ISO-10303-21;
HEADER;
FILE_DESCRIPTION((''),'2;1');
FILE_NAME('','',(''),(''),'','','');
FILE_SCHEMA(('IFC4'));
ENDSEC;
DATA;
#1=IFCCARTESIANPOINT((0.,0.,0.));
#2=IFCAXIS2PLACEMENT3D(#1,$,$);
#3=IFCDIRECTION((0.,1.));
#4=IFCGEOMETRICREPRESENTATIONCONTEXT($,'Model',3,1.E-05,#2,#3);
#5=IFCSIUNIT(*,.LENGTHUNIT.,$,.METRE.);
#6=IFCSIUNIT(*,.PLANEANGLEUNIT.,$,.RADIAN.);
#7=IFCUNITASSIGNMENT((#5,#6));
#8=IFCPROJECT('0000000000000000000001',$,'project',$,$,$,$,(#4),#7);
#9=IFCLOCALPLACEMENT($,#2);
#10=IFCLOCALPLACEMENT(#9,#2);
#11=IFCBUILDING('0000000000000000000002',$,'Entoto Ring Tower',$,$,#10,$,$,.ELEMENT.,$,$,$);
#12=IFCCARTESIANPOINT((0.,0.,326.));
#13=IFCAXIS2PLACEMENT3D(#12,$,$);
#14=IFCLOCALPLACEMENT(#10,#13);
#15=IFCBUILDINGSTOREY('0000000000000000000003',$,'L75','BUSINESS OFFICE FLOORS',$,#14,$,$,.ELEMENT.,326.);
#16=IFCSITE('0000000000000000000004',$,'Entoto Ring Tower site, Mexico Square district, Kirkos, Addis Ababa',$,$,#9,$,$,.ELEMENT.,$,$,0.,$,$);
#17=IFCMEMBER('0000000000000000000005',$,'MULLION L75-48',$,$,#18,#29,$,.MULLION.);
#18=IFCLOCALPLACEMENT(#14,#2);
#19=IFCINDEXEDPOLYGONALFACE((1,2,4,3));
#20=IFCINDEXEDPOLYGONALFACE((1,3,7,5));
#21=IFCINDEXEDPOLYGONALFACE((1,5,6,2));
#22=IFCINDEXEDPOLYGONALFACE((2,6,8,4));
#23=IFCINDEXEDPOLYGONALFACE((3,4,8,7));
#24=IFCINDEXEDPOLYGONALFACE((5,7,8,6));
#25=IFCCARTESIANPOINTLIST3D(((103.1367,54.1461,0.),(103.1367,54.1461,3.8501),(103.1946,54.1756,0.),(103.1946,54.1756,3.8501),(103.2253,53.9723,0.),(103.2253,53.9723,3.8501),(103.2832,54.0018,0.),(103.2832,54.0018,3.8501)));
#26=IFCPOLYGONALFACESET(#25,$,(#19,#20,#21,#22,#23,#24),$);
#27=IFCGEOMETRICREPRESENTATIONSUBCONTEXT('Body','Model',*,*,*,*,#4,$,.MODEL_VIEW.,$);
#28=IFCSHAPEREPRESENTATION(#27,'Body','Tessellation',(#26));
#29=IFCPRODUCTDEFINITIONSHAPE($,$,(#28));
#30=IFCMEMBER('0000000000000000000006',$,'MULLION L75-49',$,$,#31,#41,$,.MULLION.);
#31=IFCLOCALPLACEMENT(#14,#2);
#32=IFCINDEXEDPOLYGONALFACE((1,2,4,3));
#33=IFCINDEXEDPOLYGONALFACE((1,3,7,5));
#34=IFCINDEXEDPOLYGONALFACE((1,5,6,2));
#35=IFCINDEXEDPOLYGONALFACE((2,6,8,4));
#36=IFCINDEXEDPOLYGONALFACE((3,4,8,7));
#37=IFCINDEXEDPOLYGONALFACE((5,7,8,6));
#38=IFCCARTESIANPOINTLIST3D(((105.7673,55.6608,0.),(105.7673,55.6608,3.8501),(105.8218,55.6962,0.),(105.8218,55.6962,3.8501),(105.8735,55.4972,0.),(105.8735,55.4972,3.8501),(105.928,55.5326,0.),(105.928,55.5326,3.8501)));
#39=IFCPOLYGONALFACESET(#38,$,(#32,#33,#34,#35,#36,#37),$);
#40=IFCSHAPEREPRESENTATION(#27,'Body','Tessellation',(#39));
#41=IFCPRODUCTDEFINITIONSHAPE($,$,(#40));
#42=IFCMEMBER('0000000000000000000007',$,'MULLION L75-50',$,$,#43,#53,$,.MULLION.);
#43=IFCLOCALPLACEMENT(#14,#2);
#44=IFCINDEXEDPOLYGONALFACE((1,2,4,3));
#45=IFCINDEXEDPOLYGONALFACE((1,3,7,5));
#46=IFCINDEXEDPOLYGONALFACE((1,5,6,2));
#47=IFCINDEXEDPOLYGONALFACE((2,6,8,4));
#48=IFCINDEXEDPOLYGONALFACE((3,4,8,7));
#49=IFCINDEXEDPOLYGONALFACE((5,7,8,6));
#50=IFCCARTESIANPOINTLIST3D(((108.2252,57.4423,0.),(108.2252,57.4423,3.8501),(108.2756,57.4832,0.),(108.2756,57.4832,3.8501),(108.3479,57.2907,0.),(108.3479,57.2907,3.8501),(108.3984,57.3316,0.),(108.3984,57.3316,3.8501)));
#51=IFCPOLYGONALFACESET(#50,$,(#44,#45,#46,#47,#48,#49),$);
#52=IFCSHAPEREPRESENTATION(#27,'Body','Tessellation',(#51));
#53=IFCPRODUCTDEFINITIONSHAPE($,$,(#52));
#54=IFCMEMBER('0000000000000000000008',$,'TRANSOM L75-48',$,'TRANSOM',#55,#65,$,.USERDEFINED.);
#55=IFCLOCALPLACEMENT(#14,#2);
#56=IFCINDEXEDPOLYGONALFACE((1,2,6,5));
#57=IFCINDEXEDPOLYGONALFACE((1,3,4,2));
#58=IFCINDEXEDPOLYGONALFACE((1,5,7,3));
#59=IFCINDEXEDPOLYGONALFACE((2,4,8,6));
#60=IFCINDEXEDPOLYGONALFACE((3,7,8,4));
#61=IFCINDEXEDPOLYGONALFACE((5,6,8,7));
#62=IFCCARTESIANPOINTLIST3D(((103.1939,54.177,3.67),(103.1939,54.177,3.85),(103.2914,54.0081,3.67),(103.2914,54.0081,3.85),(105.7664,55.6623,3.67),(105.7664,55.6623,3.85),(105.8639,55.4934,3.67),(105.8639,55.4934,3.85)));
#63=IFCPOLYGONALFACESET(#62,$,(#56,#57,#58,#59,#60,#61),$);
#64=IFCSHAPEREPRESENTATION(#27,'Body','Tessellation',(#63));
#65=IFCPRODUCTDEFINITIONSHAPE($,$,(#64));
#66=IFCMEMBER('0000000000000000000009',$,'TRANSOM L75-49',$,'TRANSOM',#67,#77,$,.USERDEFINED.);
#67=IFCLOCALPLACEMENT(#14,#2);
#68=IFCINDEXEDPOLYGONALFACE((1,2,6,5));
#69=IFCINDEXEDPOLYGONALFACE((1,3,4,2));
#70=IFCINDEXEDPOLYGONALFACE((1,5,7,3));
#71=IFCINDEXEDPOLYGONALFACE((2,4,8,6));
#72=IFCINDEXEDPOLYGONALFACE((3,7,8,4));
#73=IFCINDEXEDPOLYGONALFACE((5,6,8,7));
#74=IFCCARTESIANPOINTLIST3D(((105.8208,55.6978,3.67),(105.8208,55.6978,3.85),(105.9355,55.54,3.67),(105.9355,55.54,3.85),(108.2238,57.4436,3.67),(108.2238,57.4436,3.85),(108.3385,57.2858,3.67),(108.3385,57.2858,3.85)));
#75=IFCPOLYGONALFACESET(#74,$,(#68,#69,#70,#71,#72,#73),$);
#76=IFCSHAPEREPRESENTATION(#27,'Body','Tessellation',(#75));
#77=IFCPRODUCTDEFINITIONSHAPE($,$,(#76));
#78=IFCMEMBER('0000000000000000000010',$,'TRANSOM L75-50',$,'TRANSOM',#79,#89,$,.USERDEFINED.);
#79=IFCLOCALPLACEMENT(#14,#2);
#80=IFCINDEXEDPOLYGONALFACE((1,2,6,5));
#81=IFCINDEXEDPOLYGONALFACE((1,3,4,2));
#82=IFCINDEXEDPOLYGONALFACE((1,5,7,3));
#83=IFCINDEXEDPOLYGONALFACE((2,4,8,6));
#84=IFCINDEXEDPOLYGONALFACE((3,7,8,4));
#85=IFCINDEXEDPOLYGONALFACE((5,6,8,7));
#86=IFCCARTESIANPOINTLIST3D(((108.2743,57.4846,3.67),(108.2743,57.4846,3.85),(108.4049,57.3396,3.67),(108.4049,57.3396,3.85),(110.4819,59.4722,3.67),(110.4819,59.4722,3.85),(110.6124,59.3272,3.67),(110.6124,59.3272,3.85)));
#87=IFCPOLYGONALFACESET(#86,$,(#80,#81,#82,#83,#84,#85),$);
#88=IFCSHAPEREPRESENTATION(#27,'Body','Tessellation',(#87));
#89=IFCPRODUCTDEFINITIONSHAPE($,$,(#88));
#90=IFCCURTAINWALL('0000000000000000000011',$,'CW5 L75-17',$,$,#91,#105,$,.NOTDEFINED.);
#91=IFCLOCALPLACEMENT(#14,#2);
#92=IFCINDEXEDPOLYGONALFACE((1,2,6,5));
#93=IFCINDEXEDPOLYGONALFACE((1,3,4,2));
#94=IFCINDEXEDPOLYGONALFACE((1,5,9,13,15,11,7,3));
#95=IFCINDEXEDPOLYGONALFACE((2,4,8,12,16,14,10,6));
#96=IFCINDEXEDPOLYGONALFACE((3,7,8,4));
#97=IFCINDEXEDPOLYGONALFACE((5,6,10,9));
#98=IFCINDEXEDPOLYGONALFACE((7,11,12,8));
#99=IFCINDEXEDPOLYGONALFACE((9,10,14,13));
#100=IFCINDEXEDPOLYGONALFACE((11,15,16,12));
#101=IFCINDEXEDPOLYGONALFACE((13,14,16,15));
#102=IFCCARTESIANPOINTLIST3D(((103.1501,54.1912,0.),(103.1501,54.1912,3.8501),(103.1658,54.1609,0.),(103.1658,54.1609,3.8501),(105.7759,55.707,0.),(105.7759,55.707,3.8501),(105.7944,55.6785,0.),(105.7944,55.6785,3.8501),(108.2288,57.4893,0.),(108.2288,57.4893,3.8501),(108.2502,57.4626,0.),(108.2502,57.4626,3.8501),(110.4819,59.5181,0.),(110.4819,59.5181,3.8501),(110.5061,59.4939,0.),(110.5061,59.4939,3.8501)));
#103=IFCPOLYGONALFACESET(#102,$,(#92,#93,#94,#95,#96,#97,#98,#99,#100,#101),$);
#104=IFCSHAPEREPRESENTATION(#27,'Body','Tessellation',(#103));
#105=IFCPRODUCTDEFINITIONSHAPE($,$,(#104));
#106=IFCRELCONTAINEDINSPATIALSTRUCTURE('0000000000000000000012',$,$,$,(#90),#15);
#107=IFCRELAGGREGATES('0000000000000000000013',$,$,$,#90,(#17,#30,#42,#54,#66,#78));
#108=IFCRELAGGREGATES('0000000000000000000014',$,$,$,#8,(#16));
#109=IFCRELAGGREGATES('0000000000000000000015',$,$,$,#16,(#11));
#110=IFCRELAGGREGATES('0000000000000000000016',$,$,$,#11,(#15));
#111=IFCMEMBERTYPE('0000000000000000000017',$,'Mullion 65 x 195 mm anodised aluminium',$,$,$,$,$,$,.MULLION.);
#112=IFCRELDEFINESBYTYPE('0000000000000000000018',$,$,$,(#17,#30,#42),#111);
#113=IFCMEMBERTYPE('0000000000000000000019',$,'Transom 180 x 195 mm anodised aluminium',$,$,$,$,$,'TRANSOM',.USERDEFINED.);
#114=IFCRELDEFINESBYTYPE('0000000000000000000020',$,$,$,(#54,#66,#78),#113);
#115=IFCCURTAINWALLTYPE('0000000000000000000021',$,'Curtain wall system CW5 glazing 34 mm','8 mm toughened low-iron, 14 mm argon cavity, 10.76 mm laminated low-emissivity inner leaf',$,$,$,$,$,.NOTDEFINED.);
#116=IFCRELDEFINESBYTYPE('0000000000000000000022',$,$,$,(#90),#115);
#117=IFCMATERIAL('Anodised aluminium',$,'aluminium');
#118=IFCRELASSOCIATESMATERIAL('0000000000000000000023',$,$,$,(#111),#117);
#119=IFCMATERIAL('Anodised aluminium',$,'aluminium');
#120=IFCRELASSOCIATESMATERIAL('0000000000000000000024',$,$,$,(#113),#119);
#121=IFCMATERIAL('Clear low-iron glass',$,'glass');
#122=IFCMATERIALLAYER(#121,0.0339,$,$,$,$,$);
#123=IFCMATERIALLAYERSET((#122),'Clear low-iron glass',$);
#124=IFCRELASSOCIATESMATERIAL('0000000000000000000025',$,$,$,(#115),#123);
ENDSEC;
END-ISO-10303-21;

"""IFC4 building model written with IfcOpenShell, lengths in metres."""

from ifc_helpers import new_model, si_unit, direction, frame, origin, origin_2d, place, context, subcontext, project, spatial, polyline, rectangle, outline, extrude, material, layer, layer_set, material_profile, profile_set, type_object, element, aggregate, save


model = new_model("IFC4")

# Units and contexts
model_context = context("Model", 3, precision=1e-05, world=origin(), true_north=direction((0.0, 1.0)))
body_context = subcontext(model_context, "Body", "Model", "MODEL_VIEW")
ifc_project = project(units=[si_unit("LENGTHUNIT", "METRE"), si_unit("PLANEANGLEUNIT", "RADIAN")], contexts=[model_context])

# Members
ifc_material_1 = material(Name="Anodised aluminium", Category="aluminium")
ifc_material_profile_1 = material_profile(ifc_material_1, rectangle(XDim=0.0649, YDim=0.1951, at=origin_2d()), Name="Mullion 65 x 195 mm anodised aluminium")
ifc_profile_set_1 = profile_set([ifc_material_profile_1], Name="Anodised aluminium")
member_type_1 = type_object("IfcMemberType", Name="Mullion 65 x 195 mm anodised aluminium", PredefinedType="MULLION", material=ifc_profile_set_1)
site_placement = place(None, origin())
building_placement = place(site_placement, origin())
storey_placement = place(building_placement, frame((0.0, 0.0, 326.0)))
member_1_placement = place(storey_placement, frame((103.21, 54.074, 0.0), z_axis=(0.0, 0.0, 1.0), x_axis=(0.891007, 0.45399, 0.0)))
member_1 = element("IfcMember", 1, at=member_1_placement, type_object=member_type_1, Name="MULLION L75-48", PredefinedType="MULLION", context=body_context, shape_type="SweptSolid", body=[
    extrude(rectangle(XDim=0.0649, YDim=0.1951, at=origin_2d()), origin(), (0.0, 0.0, 1.0), 3.8501),
])
member_2_placement = place(storey_placement, frame((105.8477, 55.5967, 0.0), z_axis=(0.0, 0.0, 1.0), x_axis=(0.838671, 0.544639, 0.0)))
member_2 = element("IfcMember", 2, at=member_2_placement, type_object=member_type_1, Name="MULLION L75-49", PredefinedType="MULLION", context=body_context, shape_type="SweptSolid", body=[
    extrude(rectangle(XDim=0.0649, YDim=0.1951, at=origin_2d()), origin(), (0.0, 0.0, 1.0), 3.8501),
])
member_3_placement = place(storey_placement, frame((108.3118, 57.387, 0.0), z_axis=(0.0, 0.0, 1.0), x_axis=(0.777146, 0.62932, 0.0)))
member_3 = element("IfcMember", 3, at=member_3_placement, type_object=member_type_1, Name="MULLION L75-50", PredefinedType="MULLION", context=body_context, shape_type="SweptSolid", body=[
    extrude(rectangle(XDim=0.0649, YDim=0.1951, at=origin_2d()), origin(), (0.0, 0.0, 1.0), 3.8501),
])
ifc_material_2 = material(Name="Anodised aluminium", Category="aluminium")
ifc_material_profile_2 = material_profile(ifc_material_2, rectangle(XDim=0.1951, YDim=0.1799, at=origin_2d()), Name="Transom 180 x 195 mm anodised aluminium")
ifc_profile_set_2 = profile_set([ifc_material_profile_2], Name="Anodised aluminium")
member_type_2 = type_object("IfcMemberType", Name="Transom 180 x 195 mm anodised aluminium", ElementType="TRANSOM", PredefinedType="USERDEFINED", material=ifc_profile_set_2)
member_4_placement = place(storey_placement, frame((103.2427, 54.0925, 3.76), z_axis=(0.866009, 0.500028, 0.0), x_axis=(-0.500028, 0.866009, 0.0)))
member_4 = element("IfcMember", 4, at=member_4_placement, type_object=member_type_2, Name="TRANSOM L75-48", ObjectType="TRANSOM", PredefinedType="USERDEFINED", context=body_context, shape_type="SweptSolid", body=[
    extrude(rectangle(XDim=0.1951, YDim=0.1799, at=origin_2d()), origin(), (0.0, 0.0, 1.0), 2.9705),
])
member_5_placement = place(storey_placement, frame((105.8782, 55.6189, 3.76), z_axis=(0.809031, 0.587766, 0.0), x_axis=(-0.587766, 0.809031, 0.0)))
member_5 = element("IfcMember", 5, at=member_5_placement, type_object=member_type_2, Name="TRANSOM L75-49", ObjectType="TRANSOM", PredefinedType="USERDEFINED", context=body_context, shape_type="SweptSolid", body=[
    extrude(rectangle(XDim=0.1951, YDim=0.1799, at=origin_2d()), origin(), (0.0, 0.0, 1.0), 2.9702),
])
member_6_placement = place(storey_placement, frame((108.3396, 57.4121, 3.76), z_axis=(0.743163, 0.66911, 0.0), x_axis=(-0.66911, 0.743163, 0.0)))
member_6 = element("IfcMember", 6, at=member_6_placement, type_object=member_type_2, Name="TRANSOM L75-50", ObjectType="TRANSOM", PredefinedType="USERDEFINED", context=body_context, shape_type="SweptSolid", body=[
    extrude(rectangle(XDim=0.1951, YDim=0.1799, at=origin_2d()), origin(), (0.0, 0.0, 1.0), 2.9705),
])

# Site, building, storey
site = spatial("IfcSite", under=ifc_project, at=site_placement, Name="Entoto Ring Tower site, Mexico Square district, Kirkos, Addis Ababa", CompositionType="ELEMENT", RefElevation=0.0)
building = spatial("IfcBuilding", under=site, at=building_placement, Name="Entoto Ring Tower", CompositionType="ELEMENT")
storey = spatial("IfcBuildingStorey", under=building, at=storey_placement, Name="L75", Description="BUSINESS OFFICE FLOORS", CompositionType="ELEMENT", Elevation=326.0)

# Curtain wall
ifc_material_3 = material(Name="Clear low-iron glass", Category="glass")
ifc_layer_1 = layer(ifc_material_3, 0.0339)
ifc_layer_set_1 = layer_set([ifc_layer_1], Name="Clear low-iron glass")
curtain_wall_type = type_object("IfcCurtainWallType", Name="Curtain wall system CW5 glazing 34 mm", Description="8 mm toughened low-iron, 14 mm argon cavity, 10.76 mm laminated low-emissivity inner leaf", PredefinedType="NOTDEFINED", material=ifc_layer_set_1)
curtain_wall_1_placement = place(storey_placement, origin())
curtain_wall_1 = element("IfcCurtainWall", 7, at=curtain_wall_1_placement, inside=storey, type_object=curtain_wall_type, Name="CW5 L75-17", PredefinedType="NOTDEFINED", context=body_context, shape_type="SweptSolid", body=[
    extrude(outline(polyline([(103.1658, 54.1609), (105.7944, 55.6785), (108.2502, 57.4626), (110.5061, 59.4939), (110.4819, 59.5181), (108.2288, 57.4893), (105.7759, 55.707), (103.1501, 54.1912), (103.1658, 54.1609)])), origin(), (0.0, 0.0, 1.0), 3.8501),
])
aggregate(curtain_wall_1, [member_1, member_2, member_3, member_4, member_5, member_6])

save(model, "model.ifc")
